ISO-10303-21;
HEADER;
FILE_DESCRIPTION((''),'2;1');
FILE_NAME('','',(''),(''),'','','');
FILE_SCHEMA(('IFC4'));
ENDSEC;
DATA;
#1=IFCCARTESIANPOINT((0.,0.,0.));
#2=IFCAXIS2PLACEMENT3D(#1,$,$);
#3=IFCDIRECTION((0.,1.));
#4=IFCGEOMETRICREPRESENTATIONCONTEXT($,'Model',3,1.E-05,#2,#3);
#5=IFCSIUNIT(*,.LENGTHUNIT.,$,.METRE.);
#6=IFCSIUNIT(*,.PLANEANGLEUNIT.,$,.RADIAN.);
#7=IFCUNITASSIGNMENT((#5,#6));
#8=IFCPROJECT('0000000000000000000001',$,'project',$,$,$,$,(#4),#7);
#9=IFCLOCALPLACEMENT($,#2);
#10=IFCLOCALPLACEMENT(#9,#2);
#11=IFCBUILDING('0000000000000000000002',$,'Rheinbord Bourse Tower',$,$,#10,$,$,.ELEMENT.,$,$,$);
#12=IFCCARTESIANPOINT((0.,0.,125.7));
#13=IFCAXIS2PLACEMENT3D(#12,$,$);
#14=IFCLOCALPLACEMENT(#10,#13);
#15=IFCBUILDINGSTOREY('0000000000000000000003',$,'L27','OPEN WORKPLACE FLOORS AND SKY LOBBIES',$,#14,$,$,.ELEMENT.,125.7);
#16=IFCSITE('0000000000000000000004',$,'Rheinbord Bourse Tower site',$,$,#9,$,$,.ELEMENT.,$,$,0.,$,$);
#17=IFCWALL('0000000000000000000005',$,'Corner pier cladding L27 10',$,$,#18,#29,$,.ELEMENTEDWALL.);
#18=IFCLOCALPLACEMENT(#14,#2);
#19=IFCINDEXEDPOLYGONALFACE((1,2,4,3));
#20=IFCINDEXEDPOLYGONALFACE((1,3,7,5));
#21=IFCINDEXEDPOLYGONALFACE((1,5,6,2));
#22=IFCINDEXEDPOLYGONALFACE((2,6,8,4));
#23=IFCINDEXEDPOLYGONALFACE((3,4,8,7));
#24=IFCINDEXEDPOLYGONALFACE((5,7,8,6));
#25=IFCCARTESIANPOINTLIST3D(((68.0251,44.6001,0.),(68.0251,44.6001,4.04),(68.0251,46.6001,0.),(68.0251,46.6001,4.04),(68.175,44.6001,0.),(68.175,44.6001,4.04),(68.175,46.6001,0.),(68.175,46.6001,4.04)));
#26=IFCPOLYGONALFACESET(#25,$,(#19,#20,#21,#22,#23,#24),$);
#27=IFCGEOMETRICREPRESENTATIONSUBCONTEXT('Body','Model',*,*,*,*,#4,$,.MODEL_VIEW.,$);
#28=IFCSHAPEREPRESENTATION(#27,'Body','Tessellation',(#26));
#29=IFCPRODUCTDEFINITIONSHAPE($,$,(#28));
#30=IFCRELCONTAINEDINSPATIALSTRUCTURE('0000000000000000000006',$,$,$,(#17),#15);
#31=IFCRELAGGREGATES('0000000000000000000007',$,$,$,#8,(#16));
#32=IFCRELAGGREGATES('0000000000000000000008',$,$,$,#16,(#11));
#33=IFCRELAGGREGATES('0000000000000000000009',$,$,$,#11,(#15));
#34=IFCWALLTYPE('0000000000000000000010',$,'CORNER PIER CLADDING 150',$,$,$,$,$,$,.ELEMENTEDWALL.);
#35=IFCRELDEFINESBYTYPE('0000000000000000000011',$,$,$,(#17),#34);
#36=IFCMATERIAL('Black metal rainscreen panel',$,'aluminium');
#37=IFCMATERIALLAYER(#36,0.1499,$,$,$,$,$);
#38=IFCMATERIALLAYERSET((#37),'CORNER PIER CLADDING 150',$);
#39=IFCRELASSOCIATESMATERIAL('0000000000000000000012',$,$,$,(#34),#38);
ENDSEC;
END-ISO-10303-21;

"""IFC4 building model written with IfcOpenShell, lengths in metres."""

from ifc_helpers import new_model, si_unit, direction, frame, frame_2d, origin, place, context, subcontext, project, spatial, rectangle, extrude, material, layer, layer_set, type_object, element, save


model = new_model("IFC4")

# Units and contexts
model_context = context("Model", 3, precision=1e-05, world=origin(), true_north=direction((0.0, 1.0)))
body_context = subcontext(model_context, "Body", "Model", "MODEL_VIEW")
ifc_project = project(units=[si_unit("LENGTHUNIT", "METRE"), si_unit("PLANEANGLEUNIT", "RADIAN")], contexts=[model_context])

# Site, building, storey
site_placement = place(None, origin())
site = spatial("IfcSite", under=ifc_project, at=site_placement, Name="Rheinbord Bourse Tower site", CompositionType="ELEMENT", RefElevation=0.0)
building_placement = place(site_placement, origin())
building = spatial("IfcBuilding", under=site, at=building_placement, Name="Rheinbord Bourse Tower", CompositionType="ELEMENT")
storey_placement = place(building_placement, frame((0.0, 0.0, 125.7)))
storey = spatial("IfcBuildingStorey", under=building, at=storey_placement, Name="L27", Description="OPEN WORKPLACE FLOORS AND SKY LOBBIES", CompositionType="ELEMENT", Elevation=125.7)

# Wall
ifc_material_1 = material(Name="Black metal rainscreen panel", Category="aluminium")
ifc_layer_1 = layer(ifc_material_1, 0.1499)
ifc_layer_set_1 = layer_set([ifc_layer_1], Name="CORNER PIER CLADDING 150")
wall_type = type_object("IfcWallType", Name="CORNER PIER CLADDING 150", PredefinedType="ELEMENTEDWALL", material=ifc_layer_set_1)
wall_1_placement = place(storey_placement, frame((68.1001, 44.6001, 0.0), z_axis=(0.0, 0.0, 1.0), x_axis=(0.0, 1.0, 0.0)))
element("IfcWall", 1, at=wall_1_placement, inside=storey, type_object=wall_type, Name="Corner pier cladding L27 10", PredefinedType="ELEMENTEDWALL", context=body_context, shape_type="SweptSolid", body=[
    extrude(rectangle(XDim=2.0, YDim=0.1499, at=frame_2d((1.0, 0.0))), origin(), (0.0, 0.0, 1.0), 4.04),
])

save(model, "model.ifc")
